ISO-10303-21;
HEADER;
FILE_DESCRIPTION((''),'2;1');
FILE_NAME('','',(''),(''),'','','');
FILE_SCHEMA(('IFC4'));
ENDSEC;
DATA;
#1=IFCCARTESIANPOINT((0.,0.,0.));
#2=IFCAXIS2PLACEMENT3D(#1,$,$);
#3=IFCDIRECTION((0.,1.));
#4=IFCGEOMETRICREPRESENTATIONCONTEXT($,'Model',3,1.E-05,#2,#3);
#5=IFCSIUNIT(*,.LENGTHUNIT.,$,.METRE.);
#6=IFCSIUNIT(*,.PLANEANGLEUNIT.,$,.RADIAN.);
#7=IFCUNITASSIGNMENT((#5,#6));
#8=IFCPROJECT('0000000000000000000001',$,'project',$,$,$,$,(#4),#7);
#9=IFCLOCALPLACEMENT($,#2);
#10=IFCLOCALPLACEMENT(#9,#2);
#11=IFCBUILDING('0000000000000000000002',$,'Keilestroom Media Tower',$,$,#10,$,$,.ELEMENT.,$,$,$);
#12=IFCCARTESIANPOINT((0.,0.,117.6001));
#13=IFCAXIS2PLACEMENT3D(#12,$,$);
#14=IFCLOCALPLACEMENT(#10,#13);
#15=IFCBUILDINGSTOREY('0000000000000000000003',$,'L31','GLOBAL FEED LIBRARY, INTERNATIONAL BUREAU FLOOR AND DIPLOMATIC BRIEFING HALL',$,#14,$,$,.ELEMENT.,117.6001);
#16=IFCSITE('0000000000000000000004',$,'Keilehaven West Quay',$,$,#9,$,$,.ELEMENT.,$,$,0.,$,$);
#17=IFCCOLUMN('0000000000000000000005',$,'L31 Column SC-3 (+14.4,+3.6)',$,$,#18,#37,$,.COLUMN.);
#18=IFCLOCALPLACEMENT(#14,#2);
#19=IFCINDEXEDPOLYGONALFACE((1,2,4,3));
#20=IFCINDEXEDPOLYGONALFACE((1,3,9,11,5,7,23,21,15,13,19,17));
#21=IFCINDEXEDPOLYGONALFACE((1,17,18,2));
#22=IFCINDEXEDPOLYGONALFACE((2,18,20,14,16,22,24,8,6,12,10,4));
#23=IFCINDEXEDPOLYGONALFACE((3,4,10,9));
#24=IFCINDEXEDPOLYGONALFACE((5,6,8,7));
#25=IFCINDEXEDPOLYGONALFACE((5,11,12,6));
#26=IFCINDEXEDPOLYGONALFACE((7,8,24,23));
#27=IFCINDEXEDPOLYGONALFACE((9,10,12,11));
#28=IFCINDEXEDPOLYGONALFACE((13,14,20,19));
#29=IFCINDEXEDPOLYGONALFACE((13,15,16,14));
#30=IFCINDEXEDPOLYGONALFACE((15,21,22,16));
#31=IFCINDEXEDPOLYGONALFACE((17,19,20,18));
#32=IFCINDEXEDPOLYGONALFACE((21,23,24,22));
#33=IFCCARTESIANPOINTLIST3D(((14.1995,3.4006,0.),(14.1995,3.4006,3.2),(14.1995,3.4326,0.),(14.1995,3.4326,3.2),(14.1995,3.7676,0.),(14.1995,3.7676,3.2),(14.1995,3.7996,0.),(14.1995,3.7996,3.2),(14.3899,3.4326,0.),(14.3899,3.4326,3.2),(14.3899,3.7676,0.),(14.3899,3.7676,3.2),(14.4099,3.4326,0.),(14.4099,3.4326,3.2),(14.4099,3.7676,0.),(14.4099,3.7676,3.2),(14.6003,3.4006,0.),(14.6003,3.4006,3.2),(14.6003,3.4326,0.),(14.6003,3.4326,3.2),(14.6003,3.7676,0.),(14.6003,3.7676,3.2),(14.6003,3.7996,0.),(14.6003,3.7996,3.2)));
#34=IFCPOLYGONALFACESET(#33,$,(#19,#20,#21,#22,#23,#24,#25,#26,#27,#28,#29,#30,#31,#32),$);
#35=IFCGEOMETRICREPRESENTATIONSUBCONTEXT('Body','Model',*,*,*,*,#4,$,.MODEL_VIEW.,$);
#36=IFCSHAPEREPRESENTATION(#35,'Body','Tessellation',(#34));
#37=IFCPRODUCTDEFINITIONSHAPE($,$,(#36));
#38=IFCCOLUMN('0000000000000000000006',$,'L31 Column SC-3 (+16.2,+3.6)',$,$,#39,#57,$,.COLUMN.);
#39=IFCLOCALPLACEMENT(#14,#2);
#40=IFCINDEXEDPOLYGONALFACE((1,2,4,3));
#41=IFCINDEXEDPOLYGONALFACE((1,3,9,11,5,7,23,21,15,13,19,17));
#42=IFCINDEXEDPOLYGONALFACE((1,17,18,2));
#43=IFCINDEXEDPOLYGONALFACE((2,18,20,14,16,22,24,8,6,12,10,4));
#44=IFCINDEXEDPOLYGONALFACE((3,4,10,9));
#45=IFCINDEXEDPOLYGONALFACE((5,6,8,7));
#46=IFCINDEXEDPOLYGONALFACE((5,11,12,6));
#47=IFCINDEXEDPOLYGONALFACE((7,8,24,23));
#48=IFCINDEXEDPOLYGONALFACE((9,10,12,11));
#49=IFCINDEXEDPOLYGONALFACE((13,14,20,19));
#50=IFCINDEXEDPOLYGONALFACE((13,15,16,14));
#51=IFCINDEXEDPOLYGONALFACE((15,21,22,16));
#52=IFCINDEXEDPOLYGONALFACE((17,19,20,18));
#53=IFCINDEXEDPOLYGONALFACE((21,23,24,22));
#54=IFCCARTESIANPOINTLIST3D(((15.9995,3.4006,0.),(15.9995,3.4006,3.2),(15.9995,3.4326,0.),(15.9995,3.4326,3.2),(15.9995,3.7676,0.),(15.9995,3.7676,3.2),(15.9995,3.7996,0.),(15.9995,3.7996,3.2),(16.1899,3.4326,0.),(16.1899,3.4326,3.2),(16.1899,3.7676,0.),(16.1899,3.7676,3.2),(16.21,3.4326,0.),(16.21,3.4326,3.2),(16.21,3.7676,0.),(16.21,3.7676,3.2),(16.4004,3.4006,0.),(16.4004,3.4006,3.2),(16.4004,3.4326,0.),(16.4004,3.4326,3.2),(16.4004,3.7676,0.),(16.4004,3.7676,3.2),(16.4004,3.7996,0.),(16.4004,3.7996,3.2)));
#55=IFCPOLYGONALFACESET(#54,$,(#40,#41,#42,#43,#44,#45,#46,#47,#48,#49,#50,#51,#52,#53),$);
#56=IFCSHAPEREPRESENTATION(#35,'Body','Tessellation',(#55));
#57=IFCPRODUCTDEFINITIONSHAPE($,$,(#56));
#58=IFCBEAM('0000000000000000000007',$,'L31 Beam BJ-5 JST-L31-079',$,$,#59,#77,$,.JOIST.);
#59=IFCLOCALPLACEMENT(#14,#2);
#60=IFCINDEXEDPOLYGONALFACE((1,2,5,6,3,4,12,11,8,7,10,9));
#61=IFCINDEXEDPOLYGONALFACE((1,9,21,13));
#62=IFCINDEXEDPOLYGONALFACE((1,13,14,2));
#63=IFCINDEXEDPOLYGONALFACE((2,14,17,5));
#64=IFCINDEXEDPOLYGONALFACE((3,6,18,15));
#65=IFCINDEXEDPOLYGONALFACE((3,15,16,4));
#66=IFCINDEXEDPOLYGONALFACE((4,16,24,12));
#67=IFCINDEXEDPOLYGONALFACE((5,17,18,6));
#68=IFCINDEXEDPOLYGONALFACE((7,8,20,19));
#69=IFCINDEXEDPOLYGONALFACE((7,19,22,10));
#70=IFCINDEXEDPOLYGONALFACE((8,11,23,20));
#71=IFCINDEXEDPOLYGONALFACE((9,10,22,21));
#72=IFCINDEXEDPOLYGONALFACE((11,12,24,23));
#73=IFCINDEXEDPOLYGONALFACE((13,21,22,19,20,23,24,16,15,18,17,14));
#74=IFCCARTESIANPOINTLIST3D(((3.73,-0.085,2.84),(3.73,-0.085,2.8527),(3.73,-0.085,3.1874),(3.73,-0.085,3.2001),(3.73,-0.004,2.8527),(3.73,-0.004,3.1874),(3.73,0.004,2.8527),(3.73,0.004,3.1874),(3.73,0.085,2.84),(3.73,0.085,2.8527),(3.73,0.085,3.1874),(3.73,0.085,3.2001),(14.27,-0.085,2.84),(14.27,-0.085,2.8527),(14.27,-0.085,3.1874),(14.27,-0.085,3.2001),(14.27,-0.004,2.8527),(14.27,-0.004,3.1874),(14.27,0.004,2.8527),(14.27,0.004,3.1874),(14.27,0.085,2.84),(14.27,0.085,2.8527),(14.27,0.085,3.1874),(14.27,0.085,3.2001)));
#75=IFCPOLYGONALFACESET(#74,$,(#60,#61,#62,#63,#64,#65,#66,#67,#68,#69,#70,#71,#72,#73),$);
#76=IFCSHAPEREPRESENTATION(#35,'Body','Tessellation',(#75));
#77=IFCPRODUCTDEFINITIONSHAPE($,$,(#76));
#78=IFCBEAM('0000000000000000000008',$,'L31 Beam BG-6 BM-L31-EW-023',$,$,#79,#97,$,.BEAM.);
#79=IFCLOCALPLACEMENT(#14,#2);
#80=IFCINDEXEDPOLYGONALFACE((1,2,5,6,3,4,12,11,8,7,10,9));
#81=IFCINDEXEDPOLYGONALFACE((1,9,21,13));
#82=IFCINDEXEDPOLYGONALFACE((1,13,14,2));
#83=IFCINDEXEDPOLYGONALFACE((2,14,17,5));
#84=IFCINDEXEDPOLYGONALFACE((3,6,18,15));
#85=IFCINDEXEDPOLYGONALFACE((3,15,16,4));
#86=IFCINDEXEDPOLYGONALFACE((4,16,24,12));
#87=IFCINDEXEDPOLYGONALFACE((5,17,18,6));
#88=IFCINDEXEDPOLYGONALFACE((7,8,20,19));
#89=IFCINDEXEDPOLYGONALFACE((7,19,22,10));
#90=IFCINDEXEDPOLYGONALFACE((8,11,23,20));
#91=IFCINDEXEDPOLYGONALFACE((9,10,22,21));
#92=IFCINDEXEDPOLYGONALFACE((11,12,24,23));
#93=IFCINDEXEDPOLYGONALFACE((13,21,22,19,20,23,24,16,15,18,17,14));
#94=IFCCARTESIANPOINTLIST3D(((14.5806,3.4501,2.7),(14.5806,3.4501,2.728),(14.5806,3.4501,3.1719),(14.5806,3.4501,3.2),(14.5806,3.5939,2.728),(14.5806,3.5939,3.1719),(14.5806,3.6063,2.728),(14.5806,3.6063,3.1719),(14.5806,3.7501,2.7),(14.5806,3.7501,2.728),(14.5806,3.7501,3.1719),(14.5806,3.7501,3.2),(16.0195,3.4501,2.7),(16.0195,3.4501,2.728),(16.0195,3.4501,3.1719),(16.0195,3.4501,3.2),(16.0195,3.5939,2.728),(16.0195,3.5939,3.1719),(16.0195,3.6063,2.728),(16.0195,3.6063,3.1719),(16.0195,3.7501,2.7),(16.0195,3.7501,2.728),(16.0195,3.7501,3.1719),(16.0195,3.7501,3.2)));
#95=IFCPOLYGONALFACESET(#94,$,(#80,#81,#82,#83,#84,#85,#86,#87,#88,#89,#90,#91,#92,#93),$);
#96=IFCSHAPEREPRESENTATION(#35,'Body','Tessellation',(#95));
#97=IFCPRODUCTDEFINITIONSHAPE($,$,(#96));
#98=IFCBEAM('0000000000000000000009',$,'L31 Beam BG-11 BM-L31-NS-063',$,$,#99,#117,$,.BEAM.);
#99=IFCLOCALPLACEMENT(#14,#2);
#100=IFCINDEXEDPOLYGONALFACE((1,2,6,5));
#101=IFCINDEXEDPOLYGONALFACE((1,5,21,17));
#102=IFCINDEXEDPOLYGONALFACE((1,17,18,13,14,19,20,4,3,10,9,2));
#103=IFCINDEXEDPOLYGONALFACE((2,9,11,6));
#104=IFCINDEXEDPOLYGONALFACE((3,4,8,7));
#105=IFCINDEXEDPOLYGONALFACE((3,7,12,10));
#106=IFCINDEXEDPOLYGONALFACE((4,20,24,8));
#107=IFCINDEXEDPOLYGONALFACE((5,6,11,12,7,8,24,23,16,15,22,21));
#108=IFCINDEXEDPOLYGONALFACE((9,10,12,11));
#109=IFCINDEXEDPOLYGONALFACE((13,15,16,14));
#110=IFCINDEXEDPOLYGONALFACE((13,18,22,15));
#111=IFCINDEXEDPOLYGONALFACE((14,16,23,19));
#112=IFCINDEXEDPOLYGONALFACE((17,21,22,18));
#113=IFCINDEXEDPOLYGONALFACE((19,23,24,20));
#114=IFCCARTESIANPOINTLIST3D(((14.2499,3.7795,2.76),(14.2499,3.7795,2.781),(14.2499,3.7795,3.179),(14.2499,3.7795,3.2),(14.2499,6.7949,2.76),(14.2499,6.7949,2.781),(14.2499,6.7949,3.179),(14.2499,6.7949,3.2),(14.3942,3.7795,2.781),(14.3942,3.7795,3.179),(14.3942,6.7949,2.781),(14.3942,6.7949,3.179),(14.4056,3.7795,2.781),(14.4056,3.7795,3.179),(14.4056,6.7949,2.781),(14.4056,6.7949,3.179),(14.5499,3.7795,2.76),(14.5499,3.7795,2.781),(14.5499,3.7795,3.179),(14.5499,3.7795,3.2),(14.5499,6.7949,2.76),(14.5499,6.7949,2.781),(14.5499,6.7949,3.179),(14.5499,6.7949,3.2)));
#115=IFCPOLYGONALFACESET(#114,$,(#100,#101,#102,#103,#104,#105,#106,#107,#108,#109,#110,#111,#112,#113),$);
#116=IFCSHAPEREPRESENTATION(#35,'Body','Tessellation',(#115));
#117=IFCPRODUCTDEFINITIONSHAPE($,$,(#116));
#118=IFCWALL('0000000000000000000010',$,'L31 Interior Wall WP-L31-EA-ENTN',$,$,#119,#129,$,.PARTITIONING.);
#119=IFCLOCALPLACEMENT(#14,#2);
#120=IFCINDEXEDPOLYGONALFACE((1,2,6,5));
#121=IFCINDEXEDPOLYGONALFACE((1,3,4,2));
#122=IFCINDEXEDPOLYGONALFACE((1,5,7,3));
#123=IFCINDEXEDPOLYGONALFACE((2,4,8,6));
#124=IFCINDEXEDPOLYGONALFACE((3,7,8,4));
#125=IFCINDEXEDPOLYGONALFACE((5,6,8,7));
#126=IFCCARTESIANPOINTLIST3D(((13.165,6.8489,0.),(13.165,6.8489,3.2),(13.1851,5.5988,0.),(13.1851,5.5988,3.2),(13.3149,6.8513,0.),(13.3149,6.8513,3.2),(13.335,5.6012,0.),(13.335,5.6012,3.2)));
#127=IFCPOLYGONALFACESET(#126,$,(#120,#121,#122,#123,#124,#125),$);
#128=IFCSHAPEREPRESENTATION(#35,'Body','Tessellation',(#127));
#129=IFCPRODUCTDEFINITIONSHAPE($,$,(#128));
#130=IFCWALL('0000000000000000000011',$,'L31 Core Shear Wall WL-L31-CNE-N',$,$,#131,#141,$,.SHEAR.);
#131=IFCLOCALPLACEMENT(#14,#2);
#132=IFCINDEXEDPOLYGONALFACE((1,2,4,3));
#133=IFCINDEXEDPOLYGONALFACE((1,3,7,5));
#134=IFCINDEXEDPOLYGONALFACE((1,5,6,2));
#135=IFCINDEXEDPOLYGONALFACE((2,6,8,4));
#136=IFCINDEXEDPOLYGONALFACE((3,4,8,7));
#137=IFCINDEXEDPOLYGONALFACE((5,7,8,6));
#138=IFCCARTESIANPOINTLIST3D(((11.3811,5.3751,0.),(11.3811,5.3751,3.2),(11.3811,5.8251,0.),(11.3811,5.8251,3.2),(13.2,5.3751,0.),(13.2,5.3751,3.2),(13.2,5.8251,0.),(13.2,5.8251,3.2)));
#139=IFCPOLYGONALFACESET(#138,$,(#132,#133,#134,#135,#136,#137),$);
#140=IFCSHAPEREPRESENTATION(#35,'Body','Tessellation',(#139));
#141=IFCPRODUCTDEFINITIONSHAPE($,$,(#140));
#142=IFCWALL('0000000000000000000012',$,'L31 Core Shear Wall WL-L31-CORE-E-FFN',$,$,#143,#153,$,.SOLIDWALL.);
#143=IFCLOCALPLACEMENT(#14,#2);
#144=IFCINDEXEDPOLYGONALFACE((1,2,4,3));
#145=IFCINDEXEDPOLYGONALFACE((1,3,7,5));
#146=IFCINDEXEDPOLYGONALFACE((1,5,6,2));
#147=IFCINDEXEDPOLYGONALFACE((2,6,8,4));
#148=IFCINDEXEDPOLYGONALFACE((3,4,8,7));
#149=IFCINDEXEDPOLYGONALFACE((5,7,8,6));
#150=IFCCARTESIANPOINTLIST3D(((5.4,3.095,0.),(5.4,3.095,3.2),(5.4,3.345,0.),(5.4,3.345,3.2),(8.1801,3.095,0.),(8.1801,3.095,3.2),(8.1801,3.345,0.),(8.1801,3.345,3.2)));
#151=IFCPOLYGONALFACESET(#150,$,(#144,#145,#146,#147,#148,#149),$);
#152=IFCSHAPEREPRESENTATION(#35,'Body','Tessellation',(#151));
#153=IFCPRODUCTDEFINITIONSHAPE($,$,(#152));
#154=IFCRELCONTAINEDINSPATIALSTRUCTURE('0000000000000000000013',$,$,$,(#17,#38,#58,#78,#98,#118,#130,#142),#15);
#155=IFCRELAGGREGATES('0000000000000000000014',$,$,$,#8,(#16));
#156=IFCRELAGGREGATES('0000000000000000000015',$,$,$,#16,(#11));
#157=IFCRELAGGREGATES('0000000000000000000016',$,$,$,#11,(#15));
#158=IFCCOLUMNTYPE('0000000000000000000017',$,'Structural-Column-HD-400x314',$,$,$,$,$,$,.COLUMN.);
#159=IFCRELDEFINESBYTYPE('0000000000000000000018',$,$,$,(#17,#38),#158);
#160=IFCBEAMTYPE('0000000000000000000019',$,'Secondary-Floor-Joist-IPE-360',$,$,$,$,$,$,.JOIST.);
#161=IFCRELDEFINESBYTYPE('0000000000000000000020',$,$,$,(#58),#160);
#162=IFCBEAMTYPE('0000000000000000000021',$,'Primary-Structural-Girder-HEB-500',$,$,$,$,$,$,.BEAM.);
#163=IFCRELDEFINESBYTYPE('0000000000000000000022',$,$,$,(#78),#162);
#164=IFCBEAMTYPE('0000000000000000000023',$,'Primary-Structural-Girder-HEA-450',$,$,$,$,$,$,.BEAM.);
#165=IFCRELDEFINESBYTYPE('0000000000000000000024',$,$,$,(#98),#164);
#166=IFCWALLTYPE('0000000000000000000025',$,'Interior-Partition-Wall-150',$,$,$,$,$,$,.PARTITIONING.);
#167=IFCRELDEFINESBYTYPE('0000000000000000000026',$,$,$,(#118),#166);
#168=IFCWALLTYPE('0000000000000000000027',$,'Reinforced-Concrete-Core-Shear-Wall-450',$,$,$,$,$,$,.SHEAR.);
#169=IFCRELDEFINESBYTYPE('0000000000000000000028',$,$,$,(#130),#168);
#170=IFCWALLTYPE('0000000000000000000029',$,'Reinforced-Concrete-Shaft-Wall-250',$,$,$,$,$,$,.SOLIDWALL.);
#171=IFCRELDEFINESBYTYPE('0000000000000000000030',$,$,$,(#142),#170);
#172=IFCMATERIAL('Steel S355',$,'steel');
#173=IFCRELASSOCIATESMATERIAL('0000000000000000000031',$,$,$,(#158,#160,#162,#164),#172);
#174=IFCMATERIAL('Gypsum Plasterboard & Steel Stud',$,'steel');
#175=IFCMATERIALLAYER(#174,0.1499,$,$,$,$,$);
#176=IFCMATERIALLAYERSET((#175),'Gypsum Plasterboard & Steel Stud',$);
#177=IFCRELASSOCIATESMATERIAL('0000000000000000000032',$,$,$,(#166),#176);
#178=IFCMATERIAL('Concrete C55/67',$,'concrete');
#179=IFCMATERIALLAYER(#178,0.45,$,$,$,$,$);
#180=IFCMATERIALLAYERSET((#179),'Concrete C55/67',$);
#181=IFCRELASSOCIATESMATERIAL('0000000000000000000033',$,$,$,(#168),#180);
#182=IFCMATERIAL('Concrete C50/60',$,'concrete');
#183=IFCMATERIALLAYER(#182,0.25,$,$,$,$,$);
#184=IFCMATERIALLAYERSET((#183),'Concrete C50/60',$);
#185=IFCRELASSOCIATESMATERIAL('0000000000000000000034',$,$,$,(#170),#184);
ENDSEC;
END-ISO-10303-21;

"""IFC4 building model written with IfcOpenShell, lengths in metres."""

from ifc_helpers import new_model, si_unit, direction, frame, frame_2d, origin, origin_2d, place, context, subcontext, project, spatial, rectangle, i_section, extrude, source, transform, mapped, material, layer, layer_set, material_profile, profile_set, type_object, element, save


model = new_model("IFC4")

# Units and contexts
model_context = context("Model", 3, precision=1e-05, world=origin(), true_north=direction((0.0, 1.0)))
body_context = subcontext(model_context, "Body", "Model", "MODEL_VIEW")
ifc_project = project(units=[si_unit("LENGTHUNIT", "METRE"), si_unit("PLANEANGLEUNIT", "RADIAN")], contexts=[model_context])

# Site, building, storey
site_placement = place(None, origin())
site = spatial("IfcSite", under=ifc_project, at=site_placement, Name="Keilehaven West Quay", CompositionType="ELEMENT", RefElevation=0.0)
building_placement = place(site_placement, origin())
building = spatial("IfcBuilding", under=site, at=building_placement, Name="Keilestroom Media Tower", CompositionType="ELEMENT")
storey_placement = place(building_placement, frame((0.0, 0.0, 117.6001)))
storey = spatial("IfcBuildingStorey", under=building, at=storey_placement, Name="L31", Description="GLOBAL FEED LIBRARY, INTERNATIONAL BUREAU FLOOR AND DIPLOMATIC BRIEFING HALL", CompositionType="ELEMENT", Elevation=117.6001)

# Columns
ifc_material_1 = material(Name="Steel S355", Category="steel")
ifc_material_profile_1 = material_profile(ifc_material_1, i_section(OverallWidth=0.4009, OverallDepth=0.3989, WebThickness=0.02, FlangeThickness=0.032, at=origin_2d()), Name="HD 400x314")
ifc_profile_set_1 = profile_set([ifc_material_profile_1], Name="Steel S355")
column_type = type_object("IfcColumnType", Name="Structural-Column-HD-400x314", PredefinedType="COLUMN", material=ifc_profile_set_1)
shared_shape_1 = source(origin(), body_context, "Body", "SweptSolid", [
    extrude(i_section(OverallWidth=0.4009, OverallDepth=0.3989, WebThickness=0.02, FlangeThickness=0.032, at=origin_2d()), origin(), (0.0, 0.0, 1.0), 3.2),
])
for number, where, z_axis, x_axis, name in (
    (1, (14.3999, 3.6001, 0.0), (0.0, 0.0, 1.0), (1.0, 0.0, 0.0), "L31 Column SC-3 (+14.4,+3.6)"),
    (2, (16.2, 3.6001, 0.0), (0.0, 0.0, 1.0), (1.0, 0.0, 0.0), "L31 Column SC-3 (+16.2,+3.6)"),
):
    element("IfcColumn", number, at=place(storey_placement, frame(where, z_axis=z_axis, x_axis=x_axis)), inside=storey, type_object=column_type, Name=name, PredefinedType="COLUMN", context=body_context, shape_type="MappedRepresentation", body=[
        mapped(shared_shape_1, transform((0.0, 0.0, 0.0), x_axis=(1.0, 0.0, 0.0), y_axis=(0.0, 1.0, 0.0), z_axis=(0.0, 0.0, 1.0), scale=1.0)),
    ])

# Beams
ifc_material_profile_2 = material_profile(ifc_material_1, i_section(OverallWidth=0.1699, OverallDepth=0.3601, WebThickness=0.0081, FlangeThickness=0.0127, at=origin_2d()), Name="IPE 360")
ifc_profile_set_2 = profile_set([ifc_material_profile_2], Name="Steel S355")
beam_type_1 = type_object("IfcBeamType", Name="Secondary-Floor-Joist-IPE-360", PredefinedType="JOIST", material=ifc_profile_set_2)
shared_shape_2 = source(origin(), body_context, "Body", "SweptSolid", [
    extrude(i_section(OverallWidth=0.1699, OverallDepth=0.3601, WebThickness=0.0081, FlangeThickness=0.0127, at=origin_2d()), origin(), (0.0, 0.0, 1.0), 10.54),
])
beam_1_placement = place(storey_placement, frame((3.73, 0.0, 3.02), z_axis=(1.0, 0.0, 0.0), x_axis=(0.0, 1.0, 0.0)))
element("IfcBeam", 3, at=beam_1_placement, inside=storey, type_object=beam_type_1, Name="L31 Beam BJ-5 JST-L31-079", PredefinedType="JOIST", context=body_context, shape_type="MappedRepresentation", body=[
    mapped(shared_shape_2, transform((0.0, 0.0, 0.0), x_axis=(1.0, 0.0, 0.0), y_axis=(0.0, 1.0, 0.0), z_axis=(0.0, 0.0, 1.0), scale=1.0)),
])
ifc_material_profile_3 = material_profile(ifc_material_1, i_section(OverallWidth=0.3, OverallDepth=0.5, WebThickness=0.0125, FlangeThickness=0.0281, at=origin_2d()), Name="HEB 500")
ifc_profile_set_3 = profile_set([ifc_material_profile_3], Name="Steel S355")
beam_type_2 = type_object("IfcBeamType", Name="Primary-Structural-Girder-HEB-500", PredefinedType="BEAM", material=ifc_profile_set_3)
shared_shape_3 = source(origin(), body_context, "Body", "SweptSolid", [
    extrude(i_section(OverallWidth=0.3, OverallDepth=0.5, WebThickness=0.0125, FlangeThickness=0.0281, at=origin_2d()), origin(), (0.0, 0.0, 1.0), 1.439),
])
beam_2_placement = place(storey_placement, frame((14.5806, 3.6001, 2.95), z_axis=(1.0, 0.0, 0.0), x_axis=(0.0, 1.0, 0.0)))
element("IfcBeam", 4, at=beam_2_placement, inside=storey, type_object=beam_type_2, Name="L31 Beam BG-6 BM-L31-EW-023", PredefinedType="BEAM", context=body_context, shape_type="MappedRepresentation", body=[
    mapped(shared_shape_3, transform((0.0, 0.0, 0.0), x_axis=(1.0, 0.0, 0.0), y_axis=(0.0, 1.0, 0.0), z_axis=(0.0, 0.0, 1.0), scale=1.0)),
])
ifc_material_profile_4 = material_profile(ifc_material_1, i_section(OverallWidth=0.3, OverallDepth=0.4399, WebThickness=0.0115, FlangeThickness=0.021, at=origin_2d()), Name="HEA 450")
ifc_profile_set_4 = profile_set([ifc_material_profile_4], Name="Steel S355")
beam_type_3 = type_object("IfcBeamType", Name="Primary-Structural-Girder-HEA-450", PredefinedType="BEAM", material=ifc_profile_set_4)
shared_shape_4 = source(origin(), body_context, "Body", "SweptSolid", [
    extrude(i_section(OverallWidth=0.3, OverallDepth=0.4399, WebThickness=0.0115, FlangeThickness=0.021, at=origin_2d()), origin(), (0.0, 0.0, 1.0), 3.0154),
])
beam_3_placement = place(storey_placement, frame((14.3999, 3.7795, 2.98), z_axis=(0.0, 1.0, 0.0), x_axis=(-1.0, 0.0, 0.0)))
element("IfcBeam", 5, at=beam_3_placement, inside=storey, type_object=beam_type_3, Name="L31 Beam BG-11 BM-L31-NS-063", PredefinedType="BEAM", context=body_context, shape_type="MappedRepresentation", body=[
    mapped(shared_shape_4, transform((0.0, 0.0, 0.0), x_axis=(1.0, 0.0, 0.0), y_axis=(0.0, 1.0, 0.0), z_axis=(0.0, 0.0, 1.0), scale=1.0)),
])

# Walls
ifc_material_2 = material(Name="Gypsum Plasterboard & Steel Stud", Category="steel")
ifc_layer_1 = layer(ifc_material_2, 0.1499)
ifc_layer_set_1 = layer_set([ifc_layer_1], Name="Gypsum Plasterboard & Steel Stud")
wall_type_1 = type_object("IfcWallType", Name="Interior-Partition-Wall-150", PredefinedType="PARTITIONING", material=ifc_layer_set_1)
wall_1_placement = place(storey_placement, frame((13.26, 5.6001, 0.0), z_axis=(0.0, 0.0, 1.0), x_axis=(-0.016014, 0.999872, 0.0)))
element("IfcWall", 6, at=wall_1_placement, inside=storey, type_object=wall_type_1, Name="L31 Interior Wall WP-L31-EA-ENTN", PredefinedType="PARTITIONING", context=body_context, shape_type="SweptSolid", body=[
    extrude(rectangle(XDim=1.2502, YDim=0.1499, at=frame_2d((0.625, 0.0))), origin(), (0.0, 0.0, 1.0), 3.2),
])
ifc_material_3 = material(Name="Concrete C55/67", Category="concrete")
ifc_layer_2 = layer(ifc_material_3, 0.45)
ifc_layer_set_2 = layer_set([ifc_layer_2], Name="Concrete C55/67")
wall_type_2 = type_object("IfcWallType", Name="Reinforced-Concrete-Core-Shear-Wall-450", PredefinedType="SHEAR", material=ifc_layer_set_2)
wall_2_placement = place(storey_placement, frame((11.3811, 5.6001, 0.0), z_axis=(0.0, 0.0, 1.0), x_axis=(1.0, 0.0, 0.0)))
element("IfcWall", 7, at=wall_2_placement, inside=storey, type_object=wall_type_2, Name="L31 Core Shear Wall WL-L31-CNE-N", PredefinedType="SHEAR", context=body_context, shape_type="SweptSolid", body=[
    extrude(rectangle(XDim=1.8188, YDim=0.45, at=frame_2d((0.9094, 0.0))), origin(), (0.0, 0.0, 1.0), 3.2),
])
ifc_material_4 = material(Name="Concrete C50/60", Category="concrete")
ifc_layer_3 = layer(ifc_material_4, 0.25)
ifc_layer_set_3 = layer_set([ifc_layer_3], Name="Concrete C50/60")
wall_type_3 = type_object("IfcWallType", Name="Reinforced-Concrete-Shaft-Wall-250", PredefinedType="SOLIDWALL", material=ifc_layer_set_3)
wall_3_placement = place(storey_placement, frame((5.3999, 3.22, 0.0), z_axis=(0.0, 0.0, 1.0), x_axis=(1.0, 0.0, 0.0)))
element("IfcWall", 8, at=wall_3_placement, inside=storey, type_object=wall_type_3, Name="L31 Core Shear Wall WL-L31-CORE-E-FFN", PredefinedType="SOLIDWALL", context=body_context, shape_type="SweptSolid", body=[
    extrude(rectangle(XDim=2.78, YDim=0.25, at=frame_2d((1.3901, 0.0))), origin(), (0.0, 0.0, 1.0), 3.2),
])

save(model, "model.ifc")
